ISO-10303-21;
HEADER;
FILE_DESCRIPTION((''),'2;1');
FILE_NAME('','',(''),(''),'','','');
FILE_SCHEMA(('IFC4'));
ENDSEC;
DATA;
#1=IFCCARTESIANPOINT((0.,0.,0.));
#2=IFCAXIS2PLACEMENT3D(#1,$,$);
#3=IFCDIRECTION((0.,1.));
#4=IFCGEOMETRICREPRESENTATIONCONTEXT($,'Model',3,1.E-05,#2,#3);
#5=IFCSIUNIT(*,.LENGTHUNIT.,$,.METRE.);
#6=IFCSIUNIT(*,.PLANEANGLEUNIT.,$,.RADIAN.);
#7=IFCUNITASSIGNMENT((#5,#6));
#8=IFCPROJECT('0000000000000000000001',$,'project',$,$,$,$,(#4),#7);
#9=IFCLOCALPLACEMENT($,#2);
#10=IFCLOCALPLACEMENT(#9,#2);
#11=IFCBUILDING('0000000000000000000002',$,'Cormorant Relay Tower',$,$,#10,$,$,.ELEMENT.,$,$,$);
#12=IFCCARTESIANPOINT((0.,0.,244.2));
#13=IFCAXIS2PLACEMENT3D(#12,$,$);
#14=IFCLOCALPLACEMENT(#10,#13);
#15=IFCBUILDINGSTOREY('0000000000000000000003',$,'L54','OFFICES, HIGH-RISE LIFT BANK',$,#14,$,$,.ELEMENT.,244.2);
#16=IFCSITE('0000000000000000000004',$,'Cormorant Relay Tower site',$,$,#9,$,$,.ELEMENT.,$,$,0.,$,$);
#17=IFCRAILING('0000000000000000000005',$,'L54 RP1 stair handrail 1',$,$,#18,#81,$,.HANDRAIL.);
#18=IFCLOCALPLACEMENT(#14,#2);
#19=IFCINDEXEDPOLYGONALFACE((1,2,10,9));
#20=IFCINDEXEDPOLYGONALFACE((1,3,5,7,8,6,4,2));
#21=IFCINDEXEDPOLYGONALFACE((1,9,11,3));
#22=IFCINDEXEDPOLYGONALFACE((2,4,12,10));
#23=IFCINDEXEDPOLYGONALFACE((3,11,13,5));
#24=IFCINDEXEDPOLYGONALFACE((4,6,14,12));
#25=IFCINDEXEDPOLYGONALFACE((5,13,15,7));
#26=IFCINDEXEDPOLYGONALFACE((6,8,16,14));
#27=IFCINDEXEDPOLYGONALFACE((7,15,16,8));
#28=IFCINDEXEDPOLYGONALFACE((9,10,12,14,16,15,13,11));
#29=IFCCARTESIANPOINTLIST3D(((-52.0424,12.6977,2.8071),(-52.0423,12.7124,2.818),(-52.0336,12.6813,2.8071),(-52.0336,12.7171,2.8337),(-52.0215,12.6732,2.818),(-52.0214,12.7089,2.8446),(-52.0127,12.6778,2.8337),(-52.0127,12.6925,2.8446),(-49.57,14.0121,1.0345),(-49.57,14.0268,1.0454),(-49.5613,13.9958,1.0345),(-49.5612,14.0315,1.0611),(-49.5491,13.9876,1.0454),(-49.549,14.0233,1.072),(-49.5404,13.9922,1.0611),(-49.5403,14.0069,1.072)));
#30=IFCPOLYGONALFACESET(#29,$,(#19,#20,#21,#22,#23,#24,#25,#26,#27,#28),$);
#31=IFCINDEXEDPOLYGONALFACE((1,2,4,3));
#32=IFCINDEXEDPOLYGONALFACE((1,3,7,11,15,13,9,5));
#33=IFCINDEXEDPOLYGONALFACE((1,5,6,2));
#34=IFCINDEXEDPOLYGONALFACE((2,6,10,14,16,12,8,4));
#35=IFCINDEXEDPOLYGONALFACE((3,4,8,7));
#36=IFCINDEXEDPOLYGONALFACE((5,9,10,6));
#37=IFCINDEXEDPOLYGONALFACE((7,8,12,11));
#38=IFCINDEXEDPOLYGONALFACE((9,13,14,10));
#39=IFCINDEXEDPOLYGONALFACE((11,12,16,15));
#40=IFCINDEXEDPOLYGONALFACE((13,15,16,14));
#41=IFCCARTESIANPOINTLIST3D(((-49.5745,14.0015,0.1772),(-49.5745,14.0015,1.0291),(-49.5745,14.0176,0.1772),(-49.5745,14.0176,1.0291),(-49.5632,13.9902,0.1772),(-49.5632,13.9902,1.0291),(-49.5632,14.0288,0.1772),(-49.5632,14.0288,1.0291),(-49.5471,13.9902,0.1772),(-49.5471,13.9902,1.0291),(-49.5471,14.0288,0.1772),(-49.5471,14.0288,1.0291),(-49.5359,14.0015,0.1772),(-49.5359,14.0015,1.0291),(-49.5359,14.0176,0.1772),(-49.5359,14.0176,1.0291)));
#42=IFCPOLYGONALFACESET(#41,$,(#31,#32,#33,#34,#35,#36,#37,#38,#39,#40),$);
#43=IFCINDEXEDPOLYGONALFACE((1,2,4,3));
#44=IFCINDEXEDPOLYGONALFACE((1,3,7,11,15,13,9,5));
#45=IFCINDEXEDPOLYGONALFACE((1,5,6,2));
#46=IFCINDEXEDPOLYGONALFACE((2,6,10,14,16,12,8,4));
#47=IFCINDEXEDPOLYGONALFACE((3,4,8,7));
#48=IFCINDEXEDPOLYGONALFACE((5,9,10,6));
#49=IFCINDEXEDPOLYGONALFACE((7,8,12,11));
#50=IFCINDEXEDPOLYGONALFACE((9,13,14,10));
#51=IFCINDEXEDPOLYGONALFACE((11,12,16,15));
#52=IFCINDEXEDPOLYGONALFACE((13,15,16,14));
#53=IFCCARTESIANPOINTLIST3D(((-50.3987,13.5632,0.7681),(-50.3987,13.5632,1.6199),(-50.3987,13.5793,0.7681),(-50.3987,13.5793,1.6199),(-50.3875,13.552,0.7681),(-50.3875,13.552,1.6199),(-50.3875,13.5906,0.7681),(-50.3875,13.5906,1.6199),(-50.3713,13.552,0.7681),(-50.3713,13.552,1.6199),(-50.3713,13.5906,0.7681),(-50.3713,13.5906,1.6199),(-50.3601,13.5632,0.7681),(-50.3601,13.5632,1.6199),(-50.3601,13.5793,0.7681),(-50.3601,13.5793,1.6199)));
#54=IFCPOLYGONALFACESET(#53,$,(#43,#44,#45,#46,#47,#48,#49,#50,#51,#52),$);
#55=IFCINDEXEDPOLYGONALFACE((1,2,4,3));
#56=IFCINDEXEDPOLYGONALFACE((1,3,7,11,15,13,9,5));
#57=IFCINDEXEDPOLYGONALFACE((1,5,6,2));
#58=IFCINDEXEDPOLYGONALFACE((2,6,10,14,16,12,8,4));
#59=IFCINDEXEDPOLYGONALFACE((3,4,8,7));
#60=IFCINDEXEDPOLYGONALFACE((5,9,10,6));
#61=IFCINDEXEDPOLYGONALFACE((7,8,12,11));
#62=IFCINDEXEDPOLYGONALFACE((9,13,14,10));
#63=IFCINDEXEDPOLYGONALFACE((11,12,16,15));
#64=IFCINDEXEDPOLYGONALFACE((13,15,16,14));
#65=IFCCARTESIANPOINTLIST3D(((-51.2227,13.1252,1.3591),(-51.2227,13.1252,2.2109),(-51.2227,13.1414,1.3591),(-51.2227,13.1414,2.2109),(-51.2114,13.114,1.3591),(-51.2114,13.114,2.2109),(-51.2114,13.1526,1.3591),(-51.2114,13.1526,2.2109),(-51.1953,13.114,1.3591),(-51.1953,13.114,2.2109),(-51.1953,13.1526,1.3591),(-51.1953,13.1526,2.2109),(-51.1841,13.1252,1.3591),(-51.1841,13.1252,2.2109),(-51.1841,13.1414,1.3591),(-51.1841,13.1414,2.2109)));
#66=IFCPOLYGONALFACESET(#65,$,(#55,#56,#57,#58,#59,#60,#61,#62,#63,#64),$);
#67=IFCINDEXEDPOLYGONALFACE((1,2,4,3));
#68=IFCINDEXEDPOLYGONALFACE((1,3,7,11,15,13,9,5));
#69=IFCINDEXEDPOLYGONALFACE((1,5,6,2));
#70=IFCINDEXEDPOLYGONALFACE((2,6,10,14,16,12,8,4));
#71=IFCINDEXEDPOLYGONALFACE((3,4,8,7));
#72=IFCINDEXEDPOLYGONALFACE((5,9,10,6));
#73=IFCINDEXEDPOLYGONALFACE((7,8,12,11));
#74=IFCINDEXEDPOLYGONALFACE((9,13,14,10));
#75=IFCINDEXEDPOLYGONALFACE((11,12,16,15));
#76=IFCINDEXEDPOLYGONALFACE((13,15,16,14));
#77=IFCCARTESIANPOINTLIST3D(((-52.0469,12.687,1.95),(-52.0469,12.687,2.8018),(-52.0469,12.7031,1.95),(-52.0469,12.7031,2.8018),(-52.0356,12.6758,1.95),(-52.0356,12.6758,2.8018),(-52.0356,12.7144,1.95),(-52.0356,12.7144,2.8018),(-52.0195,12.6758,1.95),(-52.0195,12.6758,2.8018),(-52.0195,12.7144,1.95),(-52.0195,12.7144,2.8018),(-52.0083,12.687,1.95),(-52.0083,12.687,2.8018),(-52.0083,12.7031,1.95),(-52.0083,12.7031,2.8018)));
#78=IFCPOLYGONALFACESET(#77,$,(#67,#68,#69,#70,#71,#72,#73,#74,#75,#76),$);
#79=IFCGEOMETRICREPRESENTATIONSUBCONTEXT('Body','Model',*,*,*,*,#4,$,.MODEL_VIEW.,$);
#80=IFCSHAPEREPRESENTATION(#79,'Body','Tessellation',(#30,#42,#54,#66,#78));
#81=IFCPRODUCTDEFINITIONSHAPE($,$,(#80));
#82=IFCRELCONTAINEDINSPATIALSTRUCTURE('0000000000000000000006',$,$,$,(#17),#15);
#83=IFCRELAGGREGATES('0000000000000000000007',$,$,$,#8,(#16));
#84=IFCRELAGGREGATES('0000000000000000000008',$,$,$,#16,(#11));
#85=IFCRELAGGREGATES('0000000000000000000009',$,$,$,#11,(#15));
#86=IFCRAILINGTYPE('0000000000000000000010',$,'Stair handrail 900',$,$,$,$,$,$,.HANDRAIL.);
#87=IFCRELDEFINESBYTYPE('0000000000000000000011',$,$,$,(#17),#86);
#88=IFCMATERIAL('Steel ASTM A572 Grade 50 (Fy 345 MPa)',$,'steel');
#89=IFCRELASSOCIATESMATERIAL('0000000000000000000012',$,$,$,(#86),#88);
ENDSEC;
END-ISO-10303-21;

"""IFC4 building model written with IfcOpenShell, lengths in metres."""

from ifc_helpers import new_model, si_unit, direction, frame, origin, place, context, subcontext, project, spatial, polyline, outline, extrude, material, type_object, element, save


model = new_model("IFC4")

# Units and contexts
model_context = context("Model", 3, precision=1e-05, world=origin(), true_north=direction((0.0, 1.0)))
body_context = subcontext(model_context, "Body", "Model", "MODEL_VIEW")
ifc_project = project(units=[si_unit("LENGTHUNIT", "METRE"), si_unit("PLANEANGLEUNIT", "RADIAN")], contexts=[model_context])

# Site, building, storey
site_placement = place(None, origin())
site = spatial("IfcSite", under=ifc_project, at=site_placement, Name="Cormorant Relay Tower site", CompositionType="ELEMENT", RefElevation=0.0)
building_placement = place(site_placement, origin())
building = spatial("IfcBuilding", under=site, at=building_placement, Name="Cormorant Relay Tower", CompositionType="ELEMENT")
storey_placement = place(building_placement, frame((0.0, 0.0, 244.2)))
storey = spatial("IfcBuildingStorey", under=building, at=storey_placement, Name="L54", Description="OFFICES, HIGH-RISE LIFT BANK", CompositionType="ELEMENT", Elevation=244.2)

# Railing
ifc_material_1 = material(Name="Steel ASTM A572 Grade 50 (Fy 345 MPa)", Category="steel")
railing_type = type_object("IfcRailingType", Name="Stair handrail 900", PredefinedType="HANDRAIL", material=ifc_material_1)
railing_placement = place(storey_placement, frame((-49.5552, 14.0095, 0.1772)))
element("IfcRailing", 1, at=railing_placement, inside=storey, type_object=railing_type, Name="L54 RP1 stair handrail 1", PredefinedType="HANDRAIL", context=body_context, shape_type="SweptSolid", body=[
    extrude(outline(polyline([(0.0222, 0.0093), (0.0093, 0.0222), (-0.0093, 0.0222), (-0.0222, 0.0093), (-0.0222, -0.0093), (-0.0093, -0.0222), (0.0093, -0.0222), (0.0222, -0.0093), (0.0222, 0.0093)])), frame((0.0, 0.0, 0.876), z_axis=(-0.746034, -0.396627, 0.534902), x_axis=(0.469429, -0.88297, 0.0)), (0.0, 0.0, 1.0), 3.314),
    extrude(outline(polyline([(0.0193, 0.0081), (0.0081, 0.0193), (-0.0081, 0.0193), (-0.0193, 0.0081), (-0.0193, -0.0081), (-0.0081, -0.0193), (0.0081, -0.0193), (0.0193, -0.0081), (0.0193, 0.0081)])), origin(), (0.0, 0.0, 1.0), 0.8518),
    extrude(outline(polyline([(0.0193, 0.0081), (0.0081, 0.0193), (-0.0081, 0.0193), (-0.0193, 0.0081), (-0.0193, -0.0081), (-0.0081, -0.0193), (0.0081, -0.0193), (0.0193, -0.0081), (0.0193, 0.0081)])), frame((-0.8242, -0.4382, 0.5908)), (0.0, 0.0, 1.0), 0.8518),
    extrude(outline(polyline([(0.0193, 0.0081), (0.0081, 0.0193), (-0.0081, 0.0193), (-0.0193, 0.0081), (-0.0193, -0.0081), (-0.0081, -0.0193), (0.0081, -0.0193), (0.0193, -0.0081), (0.0193, 0.0081)])), frame((-1.6482, -0.8762, 1.1819)), (0.0, 0.0, 1.0), 0.8518),
    extrude(outline(polyline([(0.0193, 0.0081), (0.0081, 0.0193), (-0.0081, 0.0193), (-0.0193, 0.0081), (-0.0193, -0.0081), (-0.0081, -0.0193), (0.0081, -0.0193), (0.0193, -0.0081), (0.0193, 0.0081)])), frame((-2.4724, -1.3145, 1.7727)), (0.0, 0.0, 1.0), 0.8518),
])

save(model, "model.ifc")
